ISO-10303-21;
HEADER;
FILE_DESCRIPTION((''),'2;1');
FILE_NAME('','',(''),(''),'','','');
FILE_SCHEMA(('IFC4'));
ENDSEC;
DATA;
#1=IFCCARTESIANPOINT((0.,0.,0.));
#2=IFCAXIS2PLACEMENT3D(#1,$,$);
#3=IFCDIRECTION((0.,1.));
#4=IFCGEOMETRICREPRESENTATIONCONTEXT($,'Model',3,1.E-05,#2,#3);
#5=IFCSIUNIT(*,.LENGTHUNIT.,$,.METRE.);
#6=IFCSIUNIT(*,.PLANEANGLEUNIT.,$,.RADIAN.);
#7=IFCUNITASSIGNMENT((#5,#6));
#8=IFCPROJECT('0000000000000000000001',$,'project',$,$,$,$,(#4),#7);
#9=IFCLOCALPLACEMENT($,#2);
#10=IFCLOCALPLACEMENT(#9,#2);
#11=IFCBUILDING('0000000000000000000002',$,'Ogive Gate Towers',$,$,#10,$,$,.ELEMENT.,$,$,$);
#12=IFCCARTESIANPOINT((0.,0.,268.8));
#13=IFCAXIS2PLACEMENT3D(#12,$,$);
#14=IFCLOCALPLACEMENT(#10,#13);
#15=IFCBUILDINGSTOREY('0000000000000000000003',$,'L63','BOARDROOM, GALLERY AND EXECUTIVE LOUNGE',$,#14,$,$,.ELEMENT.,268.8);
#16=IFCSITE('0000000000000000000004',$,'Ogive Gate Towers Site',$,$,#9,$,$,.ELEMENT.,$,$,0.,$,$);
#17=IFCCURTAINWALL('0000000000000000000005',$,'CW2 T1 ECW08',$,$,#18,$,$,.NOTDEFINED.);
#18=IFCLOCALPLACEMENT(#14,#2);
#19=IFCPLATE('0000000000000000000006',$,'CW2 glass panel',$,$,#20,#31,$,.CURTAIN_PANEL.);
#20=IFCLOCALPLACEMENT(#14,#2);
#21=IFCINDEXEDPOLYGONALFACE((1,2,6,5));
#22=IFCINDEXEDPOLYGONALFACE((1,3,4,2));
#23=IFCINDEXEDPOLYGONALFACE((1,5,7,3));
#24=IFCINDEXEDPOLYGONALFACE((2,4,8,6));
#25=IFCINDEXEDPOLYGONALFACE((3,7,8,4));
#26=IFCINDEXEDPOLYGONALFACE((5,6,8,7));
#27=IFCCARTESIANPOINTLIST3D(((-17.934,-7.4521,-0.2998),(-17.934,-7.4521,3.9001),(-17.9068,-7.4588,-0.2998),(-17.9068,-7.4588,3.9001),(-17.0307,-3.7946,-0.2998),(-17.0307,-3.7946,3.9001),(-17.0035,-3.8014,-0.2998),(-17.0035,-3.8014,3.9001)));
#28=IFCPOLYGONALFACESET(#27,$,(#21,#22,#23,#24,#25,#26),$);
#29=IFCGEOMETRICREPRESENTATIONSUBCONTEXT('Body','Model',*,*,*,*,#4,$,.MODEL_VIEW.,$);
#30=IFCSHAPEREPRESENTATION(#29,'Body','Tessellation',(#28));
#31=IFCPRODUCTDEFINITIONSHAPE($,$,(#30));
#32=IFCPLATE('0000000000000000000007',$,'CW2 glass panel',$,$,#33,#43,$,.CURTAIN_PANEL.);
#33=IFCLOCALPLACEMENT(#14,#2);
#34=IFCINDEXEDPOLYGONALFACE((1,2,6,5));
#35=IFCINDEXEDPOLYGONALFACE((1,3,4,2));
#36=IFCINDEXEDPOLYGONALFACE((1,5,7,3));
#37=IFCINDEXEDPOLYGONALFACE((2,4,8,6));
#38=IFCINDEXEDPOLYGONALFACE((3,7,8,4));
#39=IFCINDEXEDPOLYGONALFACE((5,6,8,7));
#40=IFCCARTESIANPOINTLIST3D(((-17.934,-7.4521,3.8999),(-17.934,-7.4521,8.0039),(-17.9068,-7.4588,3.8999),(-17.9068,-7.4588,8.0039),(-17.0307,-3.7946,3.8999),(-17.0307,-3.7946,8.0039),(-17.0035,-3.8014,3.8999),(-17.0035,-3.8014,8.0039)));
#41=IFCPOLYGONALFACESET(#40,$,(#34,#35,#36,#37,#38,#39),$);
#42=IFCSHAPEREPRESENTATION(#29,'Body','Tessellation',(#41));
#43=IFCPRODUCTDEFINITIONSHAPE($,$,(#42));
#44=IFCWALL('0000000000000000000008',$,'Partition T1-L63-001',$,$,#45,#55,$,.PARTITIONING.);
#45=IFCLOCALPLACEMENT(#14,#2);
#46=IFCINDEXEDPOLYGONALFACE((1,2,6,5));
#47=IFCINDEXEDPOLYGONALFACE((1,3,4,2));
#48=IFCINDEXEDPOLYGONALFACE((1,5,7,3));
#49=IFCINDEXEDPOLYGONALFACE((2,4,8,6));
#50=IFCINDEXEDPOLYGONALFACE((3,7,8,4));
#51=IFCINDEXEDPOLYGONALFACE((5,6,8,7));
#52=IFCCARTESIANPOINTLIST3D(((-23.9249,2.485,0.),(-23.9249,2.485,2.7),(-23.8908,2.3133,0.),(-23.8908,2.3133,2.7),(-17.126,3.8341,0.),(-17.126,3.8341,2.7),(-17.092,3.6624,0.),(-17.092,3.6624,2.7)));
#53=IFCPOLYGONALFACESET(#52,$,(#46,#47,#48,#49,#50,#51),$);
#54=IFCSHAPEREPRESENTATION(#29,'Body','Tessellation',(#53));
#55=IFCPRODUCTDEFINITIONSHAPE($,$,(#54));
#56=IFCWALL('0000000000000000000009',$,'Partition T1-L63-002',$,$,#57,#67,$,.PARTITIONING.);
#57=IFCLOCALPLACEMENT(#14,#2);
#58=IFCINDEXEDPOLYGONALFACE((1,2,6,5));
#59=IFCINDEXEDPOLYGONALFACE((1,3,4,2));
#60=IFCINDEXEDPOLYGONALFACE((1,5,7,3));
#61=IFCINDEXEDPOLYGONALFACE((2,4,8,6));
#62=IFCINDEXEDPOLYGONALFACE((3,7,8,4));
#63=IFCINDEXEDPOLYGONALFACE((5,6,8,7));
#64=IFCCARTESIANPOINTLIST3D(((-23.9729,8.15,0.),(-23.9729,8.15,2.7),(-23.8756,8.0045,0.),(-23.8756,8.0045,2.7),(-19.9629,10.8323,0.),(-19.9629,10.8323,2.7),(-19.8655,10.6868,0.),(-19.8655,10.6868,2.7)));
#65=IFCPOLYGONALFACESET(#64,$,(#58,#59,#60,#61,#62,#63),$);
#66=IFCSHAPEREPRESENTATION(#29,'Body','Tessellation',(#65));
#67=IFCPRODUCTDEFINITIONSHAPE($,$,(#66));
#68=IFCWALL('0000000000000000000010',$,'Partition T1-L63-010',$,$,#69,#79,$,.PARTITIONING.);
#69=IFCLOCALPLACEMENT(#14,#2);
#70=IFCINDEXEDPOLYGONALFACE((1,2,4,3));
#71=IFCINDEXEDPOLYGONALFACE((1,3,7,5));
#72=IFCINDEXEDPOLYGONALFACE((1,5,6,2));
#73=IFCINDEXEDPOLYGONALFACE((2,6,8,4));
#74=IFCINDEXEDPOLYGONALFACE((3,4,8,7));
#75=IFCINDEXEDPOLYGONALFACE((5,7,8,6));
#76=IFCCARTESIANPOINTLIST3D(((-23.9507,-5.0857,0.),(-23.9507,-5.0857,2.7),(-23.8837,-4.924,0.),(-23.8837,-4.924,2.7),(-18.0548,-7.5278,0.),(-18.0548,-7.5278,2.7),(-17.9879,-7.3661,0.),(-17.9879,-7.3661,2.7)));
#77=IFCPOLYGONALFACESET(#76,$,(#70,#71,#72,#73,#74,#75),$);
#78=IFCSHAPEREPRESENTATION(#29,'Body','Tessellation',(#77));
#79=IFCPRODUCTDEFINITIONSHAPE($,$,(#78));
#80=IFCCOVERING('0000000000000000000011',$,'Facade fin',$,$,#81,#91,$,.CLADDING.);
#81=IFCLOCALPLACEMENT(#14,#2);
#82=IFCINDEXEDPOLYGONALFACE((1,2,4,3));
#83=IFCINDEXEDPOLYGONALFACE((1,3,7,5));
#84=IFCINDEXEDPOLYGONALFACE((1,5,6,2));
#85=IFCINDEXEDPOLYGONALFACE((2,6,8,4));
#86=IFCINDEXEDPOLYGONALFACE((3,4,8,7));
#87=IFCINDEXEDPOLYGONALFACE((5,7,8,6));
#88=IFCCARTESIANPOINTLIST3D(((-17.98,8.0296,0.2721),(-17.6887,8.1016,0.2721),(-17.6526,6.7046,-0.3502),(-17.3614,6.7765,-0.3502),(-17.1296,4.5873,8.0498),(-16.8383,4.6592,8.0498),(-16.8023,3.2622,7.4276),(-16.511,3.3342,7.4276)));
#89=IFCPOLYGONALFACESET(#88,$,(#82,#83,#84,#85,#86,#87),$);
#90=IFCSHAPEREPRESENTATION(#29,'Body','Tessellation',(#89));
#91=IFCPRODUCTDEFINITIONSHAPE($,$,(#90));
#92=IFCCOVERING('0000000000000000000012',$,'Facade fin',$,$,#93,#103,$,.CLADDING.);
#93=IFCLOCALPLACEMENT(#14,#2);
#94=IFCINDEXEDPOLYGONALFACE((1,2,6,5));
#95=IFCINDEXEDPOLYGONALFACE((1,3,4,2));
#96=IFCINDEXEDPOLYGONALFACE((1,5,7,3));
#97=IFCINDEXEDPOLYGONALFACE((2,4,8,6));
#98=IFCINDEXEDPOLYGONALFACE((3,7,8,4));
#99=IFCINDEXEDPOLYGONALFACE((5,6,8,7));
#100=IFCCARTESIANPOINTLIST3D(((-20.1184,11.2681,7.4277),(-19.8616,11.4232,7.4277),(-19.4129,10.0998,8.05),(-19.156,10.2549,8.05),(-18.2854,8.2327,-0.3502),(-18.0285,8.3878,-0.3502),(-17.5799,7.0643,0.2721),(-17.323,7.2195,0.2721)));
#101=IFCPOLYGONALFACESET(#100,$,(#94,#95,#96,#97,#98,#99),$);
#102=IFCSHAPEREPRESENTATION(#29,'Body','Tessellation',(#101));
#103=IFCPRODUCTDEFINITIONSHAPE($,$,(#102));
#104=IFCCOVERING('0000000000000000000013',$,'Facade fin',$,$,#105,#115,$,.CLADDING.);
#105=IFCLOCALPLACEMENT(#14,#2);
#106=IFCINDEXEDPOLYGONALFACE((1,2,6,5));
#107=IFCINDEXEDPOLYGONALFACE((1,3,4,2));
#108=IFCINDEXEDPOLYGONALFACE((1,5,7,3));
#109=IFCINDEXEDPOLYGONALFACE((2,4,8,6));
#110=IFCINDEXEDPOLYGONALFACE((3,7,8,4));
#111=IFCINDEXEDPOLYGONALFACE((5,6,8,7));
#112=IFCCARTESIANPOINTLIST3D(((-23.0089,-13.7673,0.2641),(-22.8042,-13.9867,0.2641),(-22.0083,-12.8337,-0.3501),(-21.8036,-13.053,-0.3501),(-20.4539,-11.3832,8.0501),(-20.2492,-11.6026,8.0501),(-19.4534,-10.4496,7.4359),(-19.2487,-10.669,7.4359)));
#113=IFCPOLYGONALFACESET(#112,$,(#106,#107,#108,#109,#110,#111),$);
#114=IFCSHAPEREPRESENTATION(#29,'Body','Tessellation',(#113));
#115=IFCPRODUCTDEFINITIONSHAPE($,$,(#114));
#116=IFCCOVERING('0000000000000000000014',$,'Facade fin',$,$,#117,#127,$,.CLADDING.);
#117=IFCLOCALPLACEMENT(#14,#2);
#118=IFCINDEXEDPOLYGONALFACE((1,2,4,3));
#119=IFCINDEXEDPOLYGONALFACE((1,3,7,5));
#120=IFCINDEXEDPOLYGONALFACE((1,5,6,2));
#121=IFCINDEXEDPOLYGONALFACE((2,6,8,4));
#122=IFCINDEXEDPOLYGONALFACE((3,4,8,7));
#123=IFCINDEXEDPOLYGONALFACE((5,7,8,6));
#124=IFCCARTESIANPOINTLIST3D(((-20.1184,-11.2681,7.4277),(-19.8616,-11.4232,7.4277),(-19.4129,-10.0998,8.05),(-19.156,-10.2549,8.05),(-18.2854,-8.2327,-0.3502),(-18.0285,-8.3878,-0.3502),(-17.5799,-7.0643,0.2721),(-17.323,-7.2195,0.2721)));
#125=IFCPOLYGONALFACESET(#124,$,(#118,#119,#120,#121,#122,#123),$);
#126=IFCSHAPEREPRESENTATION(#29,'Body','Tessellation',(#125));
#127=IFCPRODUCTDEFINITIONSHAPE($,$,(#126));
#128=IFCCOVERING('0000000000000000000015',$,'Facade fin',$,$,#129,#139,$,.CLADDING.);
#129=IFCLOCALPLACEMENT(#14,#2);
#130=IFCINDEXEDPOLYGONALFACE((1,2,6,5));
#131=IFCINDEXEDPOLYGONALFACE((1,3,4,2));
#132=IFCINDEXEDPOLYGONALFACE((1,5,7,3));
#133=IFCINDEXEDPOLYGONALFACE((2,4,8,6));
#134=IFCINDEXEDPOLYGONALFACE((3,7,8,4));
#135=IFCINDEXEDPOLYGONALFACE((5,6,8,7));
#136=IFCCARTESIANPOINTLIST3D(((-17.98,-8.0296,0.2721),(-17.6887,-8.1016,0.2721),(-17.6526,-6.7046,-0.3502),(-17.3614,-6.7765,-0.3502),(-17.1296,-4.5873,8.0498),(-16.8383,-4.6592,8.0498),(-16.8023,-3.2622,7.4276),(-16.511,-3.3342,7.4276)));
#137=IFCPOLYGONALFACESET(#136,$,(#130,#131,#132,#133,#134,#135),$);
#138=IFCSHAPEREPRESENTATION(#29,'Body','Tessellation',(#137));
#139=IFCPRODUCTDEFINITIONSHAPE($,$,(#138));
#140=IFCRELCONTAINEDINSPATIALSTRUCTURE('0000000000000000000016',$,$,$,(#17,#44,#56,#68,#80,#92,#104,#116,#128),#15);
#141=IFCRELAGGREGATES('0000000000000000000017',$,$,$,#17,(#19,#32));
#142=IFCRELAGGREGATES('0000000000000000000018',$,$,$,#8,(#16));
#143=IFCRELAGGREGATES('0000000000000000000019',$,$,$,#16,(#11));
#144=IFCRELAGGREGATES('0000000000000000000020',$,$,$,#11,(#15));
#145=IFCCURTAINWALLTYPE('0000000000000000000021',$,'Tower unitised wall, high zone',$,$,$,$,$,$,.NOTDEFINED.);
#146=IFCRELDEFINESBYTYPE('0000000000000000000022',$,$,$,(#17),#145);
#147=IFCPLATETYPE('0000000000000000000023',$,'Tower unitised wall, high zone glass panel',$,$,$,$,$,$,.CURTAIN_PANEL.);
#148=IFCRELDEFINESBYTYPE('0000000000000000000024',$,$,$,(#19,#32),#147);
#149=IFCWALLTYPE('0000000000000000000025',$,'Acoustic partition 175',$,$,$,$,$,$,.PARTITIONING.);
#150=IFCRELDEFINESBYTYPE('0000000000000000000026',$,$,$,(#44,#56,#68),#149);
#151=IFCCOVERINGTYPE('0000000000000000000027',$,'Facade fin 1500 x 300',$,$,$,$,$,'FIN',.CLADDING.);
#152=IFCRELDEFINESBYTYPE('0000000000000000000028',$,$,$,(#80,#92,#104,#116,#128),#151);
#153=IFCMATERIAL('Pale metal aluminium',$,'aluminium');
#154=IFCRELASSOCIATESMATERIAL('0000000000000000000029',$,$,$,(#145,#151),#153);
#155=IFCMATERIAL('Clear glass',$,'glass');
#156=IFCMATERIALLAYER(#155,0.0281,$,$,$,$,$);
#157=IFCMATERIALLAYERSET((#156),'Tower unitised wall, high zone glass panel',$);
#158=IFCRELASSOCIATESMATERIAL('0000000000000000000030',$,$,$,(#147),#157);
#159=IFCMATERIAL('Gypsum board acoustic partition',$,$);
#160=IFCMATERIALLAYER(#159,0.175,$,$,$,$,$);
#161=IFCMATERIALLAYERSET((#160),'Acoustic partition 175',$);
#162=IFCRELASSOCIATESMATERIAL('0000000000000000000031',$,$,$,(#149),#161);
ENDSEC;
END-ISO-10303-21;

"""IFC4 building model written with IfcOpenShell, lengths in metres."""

from ifc_helpers import new_model, si_unit, direction, frame, frame_2d, origin, origin_2d, place, context, subcontext, project, spatial, rectangle, extrude, material, layer, layer_set, material_profile, profile_set, type_object, element, aggregate, save


model = new_model("IFC4")

# Units and contexts
model_context = context("Model", 3, precision=1e-05, world=origin(), true_north=direction((0.0, 1.0)))
body_context = subcontext(model_context, "Body", "Model", "MODEL_VIEW")
ifc_project = project(units=[si_unit("LENGTHUNIT", "METRE"), si_unit("PLANEANGLEUNIT", "RADIAN")], contexts=[model_context])

# Site, building, storey
site_placement = place(None, origin())
site = spatial("IfcSite", under=ifc_project, at=site_placement, Name="Ogive Gate Towers Site", CompositionType="ELEMENT", RefElevation=0.0)
building_placement = place(site_placement, origin())
building = spatial("IfcBuilding", under=site, at=building_placement, Name="Ogive Gate Towers", CompositionType="ELEMENT")
storey_placement = place(building_placement, frame((0.0, 0.0, 268.8)))
storey = spatial("IfcBuildingStorey", under=building, at=storey_placement, Name="L63", Description="BOARDROOM, GALLERY AND EXECUTIVE LOUNGE", CompositionType="ELEMENT", Elevation=268.8)

# Curtain wall
ifc_material_1 = material(Name="Pale metal aluminium", Category="aluminium")
curtain_wall_type = type_object("IfcCurtainWallType", Name="Tower unitised wall, high zone", PredefinedType="NOTDEFINED", material=ifc_material_1)
curtain_wall_1_placement = place(storey_placement, origin())
curtain_wall_1 = element("IfcCurtainWall", 1, at=curtain_wall_1_placement, inside=storey, type_object=curtain_wall_type, Name="CW2 T1 ECW08", PredefinedType="NOTDEFINED")

# Plates
ifc_material_2 = material(Name="Clear glass", Category="glass")
ifc_layer_1 = layer(ifc_material_2, 0.0281)
ifc_layer_set_1 = layer_set([ifc_layer_1], Name="Tower unitised wall, high zone glass panel")
plate_type = type_object("IfcPlateType", Name="Tower unitised wall, high zone glass panel", PredefinedType="CURTAIN_PANEL", material=ifc_layer_set_1)
plate_1_placement = place(storey_placement, frame((-17.4688, -5.6267, -0.2998), z_axis=(0.0, 0.0, 1.0), x_axis=(0.239771, 0.97083, 0.0)))
plate_1 = element("IfcPlate", 2, at=plate_1_placement, type_object=plate_type, Name="CW2 glass panel", PredefinedType="CURTAIN_PANEL", context=body_context, shape_type="SweptSolid", body=[
    extrude(rectangle(XDim=3.7673, YDim=0.0281, at=origin_2d()), origin(), (0.0, 0.0, 1.0), 4.2),
])
plate_2_placement = place(storey_placement, frame((-17.4688, -5.6267, 3.8999), z_axis=(0.0, 0.0, 1.0), x_axis=(0.239771, 0.97083, 0.0)))
plate_2 = element("IfcPlate", 3, at=plate_2_placement, type_object=plate_type, Name="CW2 glass panel", PredefinedType="CURTAIN_PANEL", context=body_context, shape_type="SweptSolid", body=[
    extrude(rectangle(XDim=3.7673, YDim=0.0281, at=origin_2d()), origin(), (0.0, 0.0, 1.0), 4.104),
])
aggregate(curtain_wall_1, [plate_1, plate_2])

# Walls
ifc_material_3 = material(Name="Gypsum board acoustic partition")
ifc_layer_2 = layer(ifc_material_3, 0.175)
ifc_layer_set_2 = layer_set([ifc_layer_2], Name="Acoustic partition 175")
wall_type = type_object("IfcWallType", Name="Acoustic partition 175", PredefinedType="PARTITIONING", material=ifc_layer_set_2)
wall_1_placement = place(storey_placement, frame((-17.1089, 3.7483, 0.0), z_axis=(0.0, 0.0, 1.0), x_axis=(-0.980875, -0.194639, 0.0)))
element("IfcWall", 4, at=wall_1_placement, inside=storey, type_object=wall_type, Name="Partition T1-L63-001", PredefinedType="PARTITIONING", context=body_context, shape_type="SweptSolid", body=[
    extrude(rectangle(XDim=6.9314, YDim=0.175, at=frame_2d((3.4658, 0.0))), origin(), (0.0, 0.0, 1.0), 2.7),
])
wall_2_placement = place(storey_placement, frame((-19.9143, 10.7595, 0.0), z_axis=(0.0, 0.0, 1.0), x_axis=(-0.831185, -0.555996, 0.0)))
element("IfcWall", 5, at=wall_2_placement, inside=storey, type_object=wall_type, Name="Partition T1-L63-002", PredefinedType="PARTITIONING", context=body_context, shape_type="SweptSolid", body=[
    extrude(rectangle(XDim=4.8245, YDim=0.175, at=frame_2d((2.4121, 0.0))), origin(), (0.0, 0.0, 1.0), 2.7),
])
wall_3_placement = place(storey_placement, frame((-18.0212, -7.447, 0.0), z_axis=(0.0, 0.0, 1.0), x_axis=(-0.923877, 0.382689, 0.0)))
element("IfcWall", 6, at=wall_3_placement, inside=storey, type_object=wall_type, Name="Partition T1-L63-010", PredefinedType="PARTITIONING", context=body_context, shape_type="SweptSolid", body=[
    extrude(rectangle(XDim=6.3816, YDim=0.175, at=frame_2d((3.1909, 0.0))), origin(), (0.0, 0.0, 1.0), 2.7),
])

# Coverings
ifc_material_profile_1 = material_profile(ifc_material_1, rectangle(XDim=0.3, YDim=1.5, at=origin_2d()), Name="1500 x 300 pale metal aluminium")
ifc_profile_set_1 = profile_set([ifc_material_profile_1], Name="Pale metal aluminium")
covering_type = type_object("IfcCoveringType", Name="Facade fin 1500 x 300", ElementType="FIN", PredefinedType="CLADDING", material=ifc_profile_set_1)
covering_1_placement = place(storey_placement, frame((-17.6707, 7.4031, -0.0391), z_axis=(0.099479, -0.402714, 0.909904), x_axis=(0.970819, 0.239813, 0.0)))
element("IfcCovering", 7, at=covering_1_placement, inside=storey, type_object=covering_type, Name="Facade fin", PredefinedType="CLADDING", context=body_context, shape_type="SweptSolid", body=[
    extrude(rectangle(XDim=0.3, YDim=1.5, at=origin_2d()), origin(), (0.0, 0.0, 1.0), 8.5479),
])
covering_2_placement = place(storey_placement, frame((-17.8042, 7.7261, -0.0391), z_axis=(-0.214437, 0.355101, 0.909901), x_axis=(-0.856025, -0.516934, 0.0)))
element("IfcCovering", 8, at=covering_2_placement, inside=storey, type_object=covering_type, Name="Facade fin", PredefinedType="CLADDING", context=body_context, shape_type="SweptSolid", body=[
    extrude(rectangle(XDim=0.3, YDim=1.5, at=origin_2d()), origin(), (0.0, 0.0, 1.0), 8.5481),
])
covering_3_placement = place(storey_placement, frame((-22.4062, -13.4102, -0.043), z_axis=(0.299378, 0.279353, 0.912324), x_axis=(-0.682231, 0.731137, 0.0)))
element("IfcCovering", 9, at=covering_3_placement, inside=storey, type_object=covering_type, Name="Facade fin", PredefinedType="CLADDING", context=body_context, shape_type="SweptSolid", body=[
    extrude(rectangle(XDim=0.3, YDim=1.5, at=origin_2d()), origin(), (0.0, 0.0, 1.0), 8.5342),
])
covering_4_placement = place(storey_placement, frame((-17.8042, -7.7261, -0.0391), z_axis=(-0.214437, -0.355101, 0.909901), x_axis=(0.856025, -0.516934, 0.0)))
element("IfcCovering", 10, at=covering_4_placement, inside=storey, type_object=covering_type, Name="Facade fin", PredefinedType="CLADDING", context=body_context, shape_type="SweptSolid", body=[
    extrude(rectangle(XDim=0.3, YDim=1.5, at=origin_2d()), origin(), (0.0, 0.0, 1.0), 8.5481),
])
covering_5_placement = place(storey_placement, frame((-17.6707, -7.4031, -0.0391), z_axis=(0.099479, 0.402714, 0.909904), x_axis=(-0.970819, 0.239813, 0.0)))
element("IfcCovering", 11, at=covering_5_placement, inside=storey, type_object=covering_type, Name="Facade fin", PredefinedType="CLADDING", context=body_context, shape_type="SweptSolid", body=[
    extrude(rectangle(XDim=0.3, YDim=1.5, at=origin_2d()), origin(), (0.0, 0.0, 1.0), 8.5479),
])

save(model, "model.ifc")
